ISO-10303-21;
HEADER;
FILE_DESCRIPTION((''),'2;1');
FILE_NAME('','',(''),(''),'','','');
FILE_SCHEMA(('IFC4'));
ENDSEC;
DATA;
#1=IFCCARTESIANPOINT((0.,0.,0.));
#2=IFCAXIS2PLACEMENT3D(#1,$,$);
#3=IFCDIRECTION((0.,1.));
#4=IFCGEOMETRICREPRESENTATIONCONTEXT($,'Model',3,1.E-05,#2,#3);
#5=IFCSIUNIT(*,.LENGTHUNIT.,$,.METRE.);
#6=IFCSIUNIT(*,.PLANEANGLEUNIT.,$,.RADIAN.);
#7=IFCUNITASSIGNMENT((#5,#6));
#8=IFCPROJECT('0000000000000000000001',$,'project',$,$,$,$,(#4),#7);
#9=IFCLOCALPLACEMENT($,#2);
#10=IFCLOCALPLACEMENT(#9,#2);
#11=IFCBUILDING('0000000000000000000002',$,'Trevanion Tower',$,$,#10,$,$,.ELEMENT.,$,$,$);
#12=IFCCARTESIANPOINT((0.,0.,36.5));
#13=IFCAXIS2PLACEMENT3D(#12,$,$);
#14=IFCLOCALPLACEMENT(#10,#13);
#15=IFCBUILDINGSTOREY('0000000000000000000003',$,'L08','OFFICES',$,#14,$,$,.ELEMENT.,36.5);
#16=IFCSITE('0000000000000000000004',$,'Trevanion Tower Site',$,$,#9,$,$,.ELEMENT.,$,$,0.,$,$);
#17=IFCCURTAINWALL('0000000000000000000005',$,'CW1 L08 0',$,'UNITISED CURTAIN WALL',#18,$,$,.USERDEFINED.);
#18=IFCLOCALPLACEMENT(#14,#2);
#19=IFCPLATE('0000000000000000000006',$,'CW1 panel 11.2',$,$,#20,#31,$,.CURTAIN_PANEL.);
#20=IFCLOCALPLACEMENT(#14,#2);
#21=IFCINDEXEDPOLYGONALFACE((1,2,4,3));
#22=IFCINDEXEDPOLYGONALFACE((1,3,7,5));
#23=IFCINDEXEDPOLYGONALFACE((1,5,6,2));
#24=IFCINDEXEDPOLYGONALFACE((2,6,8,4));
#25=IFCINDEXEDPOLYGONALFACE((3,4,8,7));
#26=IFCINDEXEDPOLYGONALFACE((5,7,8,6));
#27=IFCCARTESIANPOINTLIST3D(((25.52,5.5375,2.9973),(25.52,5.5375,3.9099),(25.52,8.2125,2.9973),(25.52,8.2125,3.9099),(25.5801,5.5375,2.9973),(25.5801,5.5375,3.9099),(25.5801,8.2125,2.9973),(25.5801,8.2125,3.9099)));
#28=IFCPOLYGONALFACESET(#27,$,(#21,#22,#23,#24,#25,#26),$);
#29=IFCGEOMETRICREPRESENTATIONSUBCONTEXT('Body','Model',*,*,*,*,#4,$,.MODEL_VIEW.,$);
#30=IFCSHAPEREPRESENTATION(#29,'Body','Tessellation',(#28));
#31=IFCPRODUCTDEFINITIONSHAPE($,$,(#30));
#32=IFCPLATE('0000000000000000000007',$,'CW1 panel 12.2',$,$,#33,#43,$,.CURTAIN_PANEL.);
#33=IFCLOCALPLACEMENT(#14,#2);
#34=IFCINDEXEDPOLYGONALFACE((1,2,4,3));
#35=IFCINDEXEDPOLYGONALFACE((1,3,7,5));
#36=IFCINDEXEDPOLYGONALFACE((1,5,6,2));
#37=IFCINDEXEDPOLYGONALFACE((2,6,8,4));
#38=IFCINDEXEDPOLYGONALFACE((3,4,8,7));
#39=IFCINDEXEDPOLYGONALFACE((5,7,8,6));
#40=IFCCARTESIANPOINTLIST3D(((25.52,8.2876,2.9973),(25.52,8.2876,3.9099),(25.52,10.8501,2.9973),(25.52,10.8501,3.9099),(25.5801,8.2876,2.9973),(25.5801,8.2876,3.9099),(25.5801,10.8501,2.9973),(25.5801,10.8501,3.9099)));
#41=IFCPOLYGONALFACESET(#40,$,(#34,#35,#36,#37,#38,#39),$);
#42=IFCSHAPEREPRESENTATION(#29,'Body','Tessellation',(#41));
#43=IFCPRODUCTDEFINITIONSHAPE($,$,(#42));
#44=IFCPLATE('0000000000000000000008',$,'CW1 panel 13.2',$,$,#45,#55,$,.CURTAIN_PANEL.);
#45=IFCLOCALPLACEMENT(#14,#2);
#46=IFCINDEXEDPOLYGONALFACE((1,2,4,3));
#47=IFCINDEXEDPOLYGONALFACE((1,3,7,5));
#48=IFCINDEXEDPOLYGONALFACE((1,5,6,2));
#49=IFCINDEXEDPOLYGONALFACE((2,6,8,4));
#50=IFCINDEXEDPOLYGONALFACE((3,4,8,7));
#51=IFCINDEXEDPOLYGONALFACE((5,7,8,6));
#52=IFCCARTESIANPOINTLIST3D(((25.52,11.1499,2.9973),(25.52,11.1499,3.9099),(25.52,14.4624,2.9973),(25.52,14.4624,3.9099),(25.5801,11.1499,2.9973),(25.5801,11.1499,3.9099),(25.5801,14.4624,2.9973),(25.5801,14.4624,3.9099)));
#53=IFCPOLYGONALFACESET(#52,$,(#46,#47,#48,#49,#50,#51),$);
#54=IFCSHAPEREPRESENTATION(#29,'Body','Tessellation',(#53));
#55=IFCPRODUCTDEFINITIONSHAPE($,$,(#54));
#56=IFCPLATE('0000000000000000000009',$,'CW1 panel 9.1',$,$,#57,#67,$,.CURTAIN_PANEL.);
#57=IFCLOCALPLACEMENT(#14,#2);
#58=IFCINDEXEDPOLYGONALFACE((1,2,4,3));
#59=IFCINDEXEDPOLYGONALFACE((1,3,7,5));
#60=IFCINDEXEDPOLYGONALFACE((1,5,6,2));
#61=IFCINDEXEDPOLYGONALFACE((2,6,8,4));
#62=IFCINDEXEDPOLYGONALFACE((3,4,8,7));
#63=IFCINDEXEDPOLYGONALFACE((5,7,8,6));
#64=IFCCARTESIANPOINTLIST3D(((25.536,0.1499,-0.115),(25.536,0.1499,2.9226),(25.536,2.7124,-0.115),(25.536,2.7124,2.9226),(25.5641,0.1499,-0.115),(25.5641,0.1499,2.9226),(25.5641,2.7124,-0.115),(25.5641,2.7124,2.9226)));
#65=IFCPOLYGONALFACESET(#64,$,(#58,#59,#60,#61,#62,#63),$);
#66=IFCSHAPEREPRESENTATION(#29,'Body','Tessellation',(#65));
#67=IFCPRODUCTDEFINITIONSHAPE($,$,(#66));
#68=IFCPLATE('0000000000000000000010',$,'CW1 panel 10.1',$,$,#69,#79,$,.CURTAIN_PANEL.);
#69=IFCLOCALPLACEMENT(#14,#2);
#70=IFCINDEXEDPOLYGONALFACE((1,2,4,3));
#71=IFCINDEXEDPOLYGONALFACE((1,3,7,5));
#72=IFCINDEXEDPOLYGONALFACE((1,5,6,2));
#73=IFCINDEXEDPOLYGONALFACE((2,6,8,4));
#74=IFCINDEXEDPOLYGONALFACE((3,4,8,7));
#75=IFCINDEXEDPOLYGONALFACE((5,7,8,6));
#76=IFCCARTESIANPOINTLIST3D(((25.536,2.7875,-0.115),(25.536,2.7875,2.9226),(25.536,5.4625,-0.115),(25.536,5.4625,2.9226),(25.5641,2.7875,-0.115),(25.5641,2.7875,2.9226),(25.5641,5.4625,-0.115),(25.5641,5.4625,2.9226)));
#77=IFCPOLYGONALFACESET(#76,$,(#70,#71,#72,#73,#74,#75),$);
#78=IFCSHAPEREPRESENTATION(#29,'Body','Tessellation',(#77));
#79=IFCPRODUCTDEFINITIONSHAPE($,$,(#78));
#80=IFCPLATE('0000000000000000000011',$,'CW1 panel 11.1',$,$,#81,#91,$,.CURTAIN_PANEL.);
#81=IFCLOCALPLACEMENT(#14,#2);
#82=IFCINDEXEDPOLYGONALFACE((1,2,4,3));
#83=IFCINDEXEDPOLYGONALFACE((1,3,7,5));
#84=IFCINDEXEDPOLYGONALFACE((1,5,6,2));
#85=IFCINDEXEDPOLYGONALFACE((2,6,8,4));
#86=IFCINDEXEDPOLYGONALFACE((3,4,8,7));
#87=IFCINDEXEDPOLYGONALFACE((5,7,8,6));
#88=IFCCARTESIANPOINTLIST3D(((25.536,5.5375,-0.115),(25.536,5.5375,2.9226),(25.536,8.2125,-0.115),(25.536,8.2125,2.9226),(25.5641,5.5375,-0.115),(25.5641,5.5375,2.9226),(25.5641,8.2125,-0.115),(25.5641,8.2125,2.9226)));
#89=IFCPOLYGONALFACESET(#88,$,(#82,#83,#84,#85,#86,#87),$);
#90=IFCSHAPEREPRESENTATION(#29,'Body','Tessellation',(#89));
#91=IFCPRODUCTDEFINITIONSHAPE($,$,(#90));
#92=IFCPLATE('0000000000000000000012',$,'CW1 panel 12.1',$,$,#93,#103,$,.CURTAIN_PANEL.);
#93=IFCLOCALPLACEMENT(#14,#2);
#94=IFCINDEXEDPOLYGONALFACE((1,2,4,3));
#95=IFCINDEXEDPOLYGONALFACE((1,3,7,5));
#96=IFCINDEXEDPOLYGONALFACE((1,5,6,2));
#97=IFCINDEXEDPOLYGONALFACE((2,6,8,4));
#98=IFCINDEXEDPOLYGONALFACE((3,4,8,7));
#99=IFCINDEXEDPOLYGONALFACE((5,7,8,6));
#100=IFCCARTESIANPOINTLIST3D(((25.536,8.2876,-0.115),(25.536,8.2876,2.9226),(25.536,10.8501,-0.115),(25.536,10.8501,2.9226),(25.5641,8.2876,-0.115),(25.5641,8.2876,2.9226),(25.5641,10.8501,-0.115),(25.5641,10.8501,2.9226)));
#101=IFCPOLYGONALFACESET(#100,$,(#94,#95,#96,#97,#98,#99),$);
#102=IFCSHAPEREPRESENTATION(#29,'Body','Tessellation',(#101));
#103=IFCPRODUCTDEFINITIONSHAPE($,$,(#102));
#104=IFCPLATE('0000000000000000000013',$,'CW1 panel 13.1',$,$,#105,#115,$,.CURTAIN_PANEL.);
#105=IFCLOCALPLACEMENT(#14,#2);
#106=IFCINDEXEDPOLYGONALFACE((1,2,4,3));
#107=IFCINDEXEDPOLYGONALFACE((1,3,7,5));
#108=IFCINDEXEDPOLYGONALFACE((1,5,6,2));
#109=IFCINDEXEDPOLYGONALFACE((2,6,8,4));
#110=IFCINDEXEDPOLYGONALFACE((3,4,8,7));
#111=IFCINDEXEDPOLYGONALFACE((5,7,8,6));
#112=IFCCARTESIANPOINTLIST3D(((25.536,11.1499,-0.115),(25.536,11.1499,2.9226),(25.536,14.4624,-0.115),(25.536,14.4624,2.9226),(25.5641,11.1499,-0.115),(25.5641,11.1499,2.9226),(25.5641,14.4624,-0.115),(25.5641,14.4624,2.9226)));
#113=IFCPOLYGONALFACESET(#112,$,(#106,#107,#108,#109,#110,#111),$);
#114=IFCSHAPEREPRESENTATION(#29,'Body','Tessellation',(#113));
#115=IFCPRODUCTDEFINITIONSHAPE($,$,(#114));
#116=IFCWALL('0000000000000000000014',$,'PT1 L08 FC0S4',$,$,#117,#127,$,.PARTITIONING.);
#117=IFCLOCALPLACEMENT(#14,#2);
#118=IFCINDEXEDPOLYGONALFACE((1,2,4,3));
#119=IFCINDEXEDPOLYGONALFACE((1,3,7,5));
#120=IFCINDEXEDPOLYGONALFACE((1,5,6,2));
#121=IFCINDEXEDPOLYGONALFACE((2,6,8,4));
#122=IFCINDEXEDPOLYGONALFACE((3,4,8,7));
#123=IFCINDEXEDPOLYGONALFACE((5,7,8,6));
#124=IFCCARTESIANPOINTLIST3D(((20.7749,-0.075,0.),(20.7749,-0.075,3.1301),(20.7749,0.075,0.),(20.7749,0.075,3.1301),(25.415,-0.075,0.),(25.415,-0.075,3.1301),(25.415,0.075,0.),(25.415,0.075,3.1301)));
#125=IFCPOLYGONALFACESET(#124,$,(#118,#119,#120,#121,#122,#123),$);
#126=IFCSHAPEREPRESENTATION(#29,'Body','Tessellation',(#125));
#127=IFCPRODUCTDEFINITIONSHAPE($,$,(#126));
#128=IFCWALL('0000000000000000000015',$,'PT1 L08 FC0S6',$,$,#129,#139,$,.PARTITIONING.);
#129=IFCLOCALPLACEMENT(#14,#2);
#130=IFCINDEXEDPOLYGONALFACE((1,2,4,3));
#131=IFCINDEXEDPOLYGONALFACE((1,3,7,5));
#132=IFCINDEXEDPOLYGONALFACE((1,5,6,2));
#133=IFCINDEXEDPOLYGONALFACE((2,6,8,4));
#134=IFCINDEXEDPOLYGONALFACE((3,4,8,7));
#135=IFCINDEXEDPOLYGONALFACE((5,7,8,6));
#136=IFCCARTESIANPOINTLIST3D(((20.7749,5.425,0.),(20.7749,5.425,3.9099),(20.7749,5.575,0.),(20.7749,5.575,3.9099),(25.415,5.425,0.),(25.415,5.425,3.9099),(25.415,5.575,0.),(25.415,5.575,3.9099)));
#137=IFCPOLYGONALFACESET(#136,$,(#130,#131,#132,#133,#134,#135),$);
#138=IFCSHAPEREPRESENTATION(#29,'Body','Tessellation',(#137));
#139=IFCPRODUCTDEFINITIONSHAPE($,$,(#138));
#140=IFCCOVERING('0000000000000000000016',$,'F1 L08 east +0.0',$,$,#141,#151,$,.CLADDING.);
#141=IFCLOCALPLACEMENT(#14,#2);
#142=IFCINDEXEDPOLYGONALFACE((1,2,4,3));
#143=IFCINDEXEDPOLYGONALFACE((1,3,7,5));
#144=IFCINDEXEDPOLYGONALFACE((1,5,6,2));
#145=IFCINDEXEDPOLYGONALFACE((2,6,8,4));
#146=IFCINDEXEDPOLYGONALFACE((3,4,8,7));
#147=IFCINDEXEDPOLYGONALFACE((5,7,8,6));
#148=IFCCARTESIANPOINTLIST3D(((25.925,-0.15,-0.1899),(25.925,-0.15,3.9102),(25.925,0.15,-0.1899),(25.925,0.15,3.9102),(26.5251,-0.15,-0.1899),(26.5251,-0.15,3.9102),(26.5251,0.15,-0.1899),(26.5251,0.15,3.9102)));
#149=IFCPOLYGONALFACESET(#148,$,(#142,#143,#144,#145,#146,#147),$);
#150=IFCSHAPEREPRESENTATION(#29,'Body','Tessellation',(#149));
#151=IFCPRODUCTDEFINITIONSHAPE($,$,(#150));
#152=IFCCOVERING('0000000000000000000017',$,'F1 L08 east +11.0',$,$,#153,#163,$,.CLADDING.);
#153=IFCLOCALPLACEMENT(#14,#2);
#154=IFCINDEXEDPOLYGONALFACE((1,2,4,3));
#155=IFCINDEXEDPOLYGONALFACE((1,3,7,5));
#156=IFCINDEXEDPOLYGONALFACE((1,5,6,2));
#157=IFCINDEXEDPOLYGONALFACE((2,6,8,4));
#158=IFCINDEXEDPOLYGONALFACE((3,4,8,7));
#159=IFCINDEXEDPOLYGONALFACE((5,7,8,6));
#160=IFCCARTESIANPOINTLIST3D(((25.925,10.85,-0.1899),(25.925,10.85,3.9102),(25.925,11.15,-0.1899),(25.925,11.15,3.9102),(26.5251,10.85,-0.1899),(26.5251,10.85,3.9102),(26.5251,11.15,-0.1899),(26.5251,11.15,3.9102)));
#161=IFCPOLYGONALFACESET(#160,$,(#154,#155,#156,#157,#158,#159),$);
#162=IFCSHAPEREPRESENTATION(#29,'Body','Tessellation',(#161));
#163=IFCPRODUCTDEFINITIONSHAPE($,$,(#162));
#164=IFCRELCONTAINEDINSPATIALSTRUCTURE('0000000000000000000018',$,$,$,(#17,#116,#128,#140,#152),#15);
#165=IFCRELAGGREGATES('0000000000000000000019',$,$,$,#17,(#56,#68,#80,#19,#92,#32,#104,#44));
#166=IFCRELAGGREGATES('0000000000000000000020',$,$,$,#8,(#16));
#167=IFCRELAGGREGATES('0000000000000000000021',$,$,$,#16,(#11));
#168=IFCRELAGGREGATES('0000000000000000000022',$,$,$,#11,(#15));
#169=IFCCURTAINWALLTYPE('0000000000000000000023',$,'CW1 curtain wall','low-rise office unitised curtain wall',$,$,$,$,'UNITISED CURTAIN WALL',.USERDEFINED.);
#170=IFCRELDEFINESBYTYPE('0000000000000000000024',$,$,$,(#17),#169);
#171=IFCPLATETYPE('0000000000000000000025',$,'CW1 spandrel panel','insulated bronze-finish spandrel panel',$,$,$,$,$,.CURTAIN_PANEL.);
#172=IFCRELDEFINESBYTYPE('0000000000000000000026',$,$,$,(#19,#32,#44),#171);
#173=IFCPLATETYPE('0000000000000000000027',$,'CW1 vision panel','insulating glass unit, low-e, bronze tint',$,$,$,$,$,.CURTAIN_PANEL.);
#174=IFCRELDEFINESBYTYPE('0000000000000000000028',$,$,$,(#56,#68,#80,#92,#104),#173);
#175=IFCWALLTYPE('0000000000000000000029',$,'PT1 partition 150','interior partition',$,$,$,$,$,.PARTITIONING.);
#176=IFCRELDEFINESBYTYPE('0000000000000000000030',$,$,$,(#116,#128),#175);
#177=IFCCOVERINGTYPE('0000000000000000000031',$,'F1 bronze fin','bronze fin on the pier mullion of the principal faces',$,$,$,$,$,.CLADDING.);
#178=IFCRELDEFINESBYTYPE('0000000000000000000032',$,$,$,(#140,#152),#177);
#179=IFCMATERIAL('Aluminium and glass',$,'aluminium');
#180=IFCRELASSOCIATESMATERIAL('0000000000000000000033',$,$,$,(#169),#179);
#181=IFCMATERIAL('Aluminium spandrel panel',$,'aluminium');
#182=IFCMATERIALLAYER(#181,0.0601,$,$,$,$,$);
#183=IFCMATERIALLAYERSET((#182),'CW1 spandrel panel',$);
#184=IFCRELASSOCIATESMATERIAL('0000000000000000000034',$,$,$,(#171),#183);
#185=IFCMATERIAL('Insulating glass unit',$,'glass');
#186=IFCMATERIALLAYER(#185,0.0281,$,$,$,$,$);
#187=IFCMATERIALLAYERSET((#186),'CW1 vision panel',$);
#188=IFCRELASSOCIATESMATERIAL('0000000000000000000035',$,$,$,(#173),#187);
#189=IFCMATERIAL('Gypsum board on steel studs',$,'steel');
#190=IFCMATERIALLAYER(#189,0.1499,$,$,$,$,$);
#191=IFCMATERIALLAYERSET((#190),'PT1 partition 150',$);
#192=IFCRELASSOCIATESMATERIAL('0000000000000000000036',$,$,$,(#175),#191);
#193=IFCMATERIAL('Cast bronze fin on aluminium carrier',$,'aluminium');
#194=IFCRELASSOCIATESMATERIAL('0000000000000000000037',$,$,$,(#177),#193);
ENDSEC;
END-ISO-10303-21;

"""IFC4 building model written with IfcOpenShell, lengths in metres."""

from ifc_helpers import new_model, si_unit, direction, frame, frame_2d, origin, origin_2d, place, context, subcontext, project, spatial, rectangle, extrude, material, layer, layer_set, type_object, element, aggregate, save


model = new_model("IFC4")

# Units and contexts
model_context = context("Model", 3, precision=1e-05, world=origin(), true_north=direction((0.0, 1.0)))
body_context = subcontext(model_context, "Body", "Model", "MODEL_VIEW")
ifc_project = project(units=[si_unit("LENGTHUNIT", "METRE"), si_unit("PLANEANGLEUNIT", "RADIAN")], contexts=[model_context])

# Site, building, storey
site_placement = place(None, origin())
site = spatial("IfcSite", under=ifc_project, at=site_placement, Name="Trevanion Tower Site", CompositionType="ELEMENT", RefElevation=0.0)
building_placement = place(site_placement, origin())
building = spatial("IfcBuilding", under=site, at=building_placement, Name="Trevanion Tower", CompositionType="ELEMENT")
storey_placement = place(building_placement, frame((0.0, 0.0, 36.5)))
storey = spatial("IfcBuildingStorey", under=building, at=storey_placement, Name="L08", Description="OFFICES", CompositionType="ELEMENT", Elevation=36.5)

# Curtain wall
ifc_material_1 = material(Name="Aluminium and glass", Category="aluminium")
curtain_wall_type = type_object("IfcCurtainWallType", Name="CW1 curtain wall", Description="low-rise office unitised curtain wall", ElementType="UNITISED CURTAIN WALL", PredefinedType="USERDEFINED", material=ifc_material_1)
curtain_wall_placement = place(storey_placement, origin())
curtain_wall = element("IfcCurtainWall", 1, at=curtain_wall_placement, inside=storey, type_object=curtain_wall_type, Name="CW1 L08 0", ObjectType="UNITISED CURTAIN WALL", PredefinedType="USERDEFINED")

# Plates
ifc_material_2 = material(Name="Aluminium spandrel panel", Category="aluminium")
ifc_layer_1 = layer(ifc_material_2, 0.0601)
ifc_layer_set_1 = layer_set([ifc_layer_1], Name="CW1 spandrel panel")
plate_type_1 = type_object("IfcPlateType", Name="CW1 spandrel panel", Description="insulated bronze-finish spandrel panel", PredefinedType="CURTAIN_PANEL", material=ifc_layer_set_1)
plate_1_placement = place(storey_placement, frame((25.55, 6.875, 2.9973), z_axis=(0.0, 0.0, 1.0), x_axis=(0.0, 1.0, 0.0)))
plate_1 = element("IfcPlate", 2, at=plate_1_placement, type_object=plate_type_1, Name="CW1 panel 11.2", PredefinedType="CURTAIN_PANEL", context=body_context, shape_type="SweptSolid", body=[
    extrude(rectangle(XDim=2.675, YDim=0.0601, at=origin_2d()), origin(), (0.0, 0.0, 1.0), 0.9126),
])
plate_2_placement = place(storey_placement, frame((25.55, 9.5688, 2.9973), z_axis=(0.0, 0.0, 1.0), x_axis=(0.0, 1.0, 0.0)))
plate_2 = element("IfcPlate", 3, at=plate_2_placement, type_object=plate_type_1, Name="CW1 panel 12.2", PredefinedType="CURTAIN_PANEL", context=body_context, shape_type="SweptSolid", body=[
    extrude(rectangle(XDim=2.5625, YDim=0.0601, at=origin_2d()), origin(), (0.0, 0.0, 1.0), 0.9126),
])
plate_3_placement = place(storey_placement, frame((25.55, 12.8062, 2.9973), z_axis=(0.0, 0.0, 1.0), x_axis=(0.0, 1.0, 0.0)))
plate_3 = element("IfcPlate", 4, at=plate_3_placement, type_object=plate_type_1, Name="CW1 panel 13.2", PredefinedType="CURTAIN_PANEL", context=body_context, shape_type="SweptSolid", body=[
    extrude(rectangle(XDim=3.3125, YDim=0.0601, at=origin_2d()), origin(), (0.0, 0.0, 1.0), 0.9126),
])
ifc_material_3 = material(Name="Insulating glass unit", Category="glass")
ifc_layer_2 = layer(ifc_material_3, 0.0281)
ifc_layer_set_2 = layer_set([ifc_layer_2], Name="CW1 vision panel")
plate_type_2 = type_object("IfcPlateType", Name="CW1 vision panel", Description="insulating glass unit, low-e, bronze tint", PredefinedType="CURTAIN_PANEL", material=ifc_layer_set_2)
plate_4_placement = place(storey_placement, frame((25.55, 1.4312, -0.115), z_axis=(0.0, 0.0, 1.0), x_axis=(0.0, 1.0, 0.0)))
plate_4 = element("IfcPlate", 5, at=plate_4_placement, type_object=plate_type_2, Name="CW1 panel 9.1", PredefinedType="CURTAIN_PANEL", context=body_context, shape_type="SweptSolid", body=[
    extrude(rectangle(XDim=2.5625, YDim=0.0281, at=origin_2d()), origin(), (0.0, 0.0, 1.0), 3.0376),
])
plate_5_placement = place(storey_placement, frame((25.55, 4.125, -0.115), z_axis=(0.0, 0.0, 1.0), x_axis=(0.0, 1.0, 0.0)))
plate_5 = element("IfcPlate", 6, at=plate_5_placement, type_object=plate_type_2, Name="CW1 panel 10.1", PredefinedType="CURTAIN_PANEL", context=body_context, shape_type="SweptSolid", body=[
    extrude(rectangle(XDim=2.675, YDim=0.0281, at=origin_2d()), origin(), (0.0, 0.0, 1.0), 3.0376),
])
plate_6_placement = place(storey_placement, frame((25.55, 6.875, -0.115), z_axis=(0.0, 0.0, 1.0), x_axis=(0.0, 1.0, 0.0)))
plate_6 = element("IfcPlate", 7, at=plate_6_placement, type_object=plate_type_2, Name="CW1 panel 11.1", PredefinedType="CURTAIN_PANEL", context=body_context, shape_type="SweptSolid", body=[
    extrude(rectangle(XDim=2.675, YDim=0.0281, at=origin_2d()), origin(), (0.0, 0.0, 1.0), 3.0376),
])
plate_7_placement = place(storey_placement, frame((25.55, 9.5688, -0.115), z_axis=(0.0, 0.0, 1.0), x_axis=(0.0, 1.0, 0.0)))
plate_7 = element("IfcPlate", 8, at=plate_7_placement, type_object=plate_type_2, Name="CW1 panel 12.1", PredefinedType="CURTAIN_PANEL", context=body_context, shape_type="SweptSolid", body=[
    extrude(rectangle(XDim=2.5625, YDim=0.0281, at=origin_2d()), origin(), (0.0, 0.0, 1.0), 3.0376),
])
plate_8_placement = place(storey_placement, frame((25.55, 12.8062, -0.115), z_axis=(0.0, 0.0, 1.0), x_axis=(0.0, 1.0, 0.0)))
plate_8 = element("IfcPlate", 9, at=plate_8_placement, type_object=plate_type_2, Name="CW1 panel 13.1", PredefinedType="CURTAIN_PANEL", context=body_context, shape_type="SweptSolid", body=[
    extrude(rectangle(XDim=3.3125, YDim=0.0281, at=origin_2d()), origin(), (0.0, 0.0, 1.0), 3.0376),
])
aggregate(curtain_wall, [plate_4, plate_5, plate_6, plate_1, plate_7, plate_2, plate_8, plate_3])

# Walls
ifc_material_4 = material(Name="Gypsum board on steel studs", Category="steel")
ifc_layer_3 = layer(ifc_material_4, 0.1499)
ifc_layer_set_3 = layer_set([ifc_layer_3], Name="PT1 partition 150")
wall_type = type_object("IfcWallType", Name="PT1 partition 150", Description="interior partition", PredefinedType="PARTITIONING", material=ifc_layer_set_3)
wall_1_placement = place(storey_placement, frame((20.7749, 0.0, 0.0), z_axis=(0.0, 0.0, 1.0), x_axis=(1.0, 0.0, 0.0)))
element("IfcWall", 10, at=wall_1_placement, inside=storey, type_object=wall_type, Name="PT1 L08 FC0S4", PredefinedType="PARTITIONING", context=body_context, shape_type="SweptSolid", body=[
    extrude(rectangle(XDim=4.6401, YDim=0.1499, at=frame_2d((2.3201, 0.0))), origin(), (0.0, 0.0, 1.0), 3.1301),
])
wall_2_placement = place(storey_placement, frame((20.7749, 5.5, 0.0), z_axis=(0.0, 0.0, 1.0), x_axis=(1.0, 0.0, 0.0)))
element("IfcWall", 11, at=wall_2_placement, inside=storey, type_object=wall_type, Name="PT1 L08 FC0S6", PredefinedType="PARTITIONING", context=body_context, shape_type="SweptSolid", body=[
    extrude(rectangle(XDim=4.6401, YDim=0.1499, at=frame_2d((2.3201, 0.0))), origin(), (0.0, 0.0, 1.0), 3.9099),
])

# Coverings
ifc_material_5 = material(Name="Cast bronze fin on aluminium carrier", Category="aluminium")
covering_type = type_object("IfcCoveringType", Name="F1 bronze fin", Description="bronze fin on the pier mullion of the principal faces", PredefinedType="CLADDING", material=ifc_material_5)
for number, where, z_axis, x_axis, name in (
    (12, (26.2251, 0.0, -0.1899), (0.0, 0.0, 1.0), (0.0, 1.0, 0.0), "F1 L08 east +0.0"),
    (13, (26.2251, 11.0, -0.1899), (0.0, 0.0, 1.0), (0.0, 1.0, 0.0), "F1 L08 east +11.0"),
):
    element("IfcCovering", number, at=place(storey_placement, frame(where, z_axis=z_axis, x_axis=x_axis)), inside=storey, type_object=covering_type, Name=name, PredefinedType="CLADDING", context=body_context, shape_type="SweptSolid", body=[
        extrude(rectangle(XDim=0.3, YDim=0.6001, at=origin_2d()), origin(), (0.0, 0.0, 1.0), 4.1001),
    ])

save(model, "model.ifc")
